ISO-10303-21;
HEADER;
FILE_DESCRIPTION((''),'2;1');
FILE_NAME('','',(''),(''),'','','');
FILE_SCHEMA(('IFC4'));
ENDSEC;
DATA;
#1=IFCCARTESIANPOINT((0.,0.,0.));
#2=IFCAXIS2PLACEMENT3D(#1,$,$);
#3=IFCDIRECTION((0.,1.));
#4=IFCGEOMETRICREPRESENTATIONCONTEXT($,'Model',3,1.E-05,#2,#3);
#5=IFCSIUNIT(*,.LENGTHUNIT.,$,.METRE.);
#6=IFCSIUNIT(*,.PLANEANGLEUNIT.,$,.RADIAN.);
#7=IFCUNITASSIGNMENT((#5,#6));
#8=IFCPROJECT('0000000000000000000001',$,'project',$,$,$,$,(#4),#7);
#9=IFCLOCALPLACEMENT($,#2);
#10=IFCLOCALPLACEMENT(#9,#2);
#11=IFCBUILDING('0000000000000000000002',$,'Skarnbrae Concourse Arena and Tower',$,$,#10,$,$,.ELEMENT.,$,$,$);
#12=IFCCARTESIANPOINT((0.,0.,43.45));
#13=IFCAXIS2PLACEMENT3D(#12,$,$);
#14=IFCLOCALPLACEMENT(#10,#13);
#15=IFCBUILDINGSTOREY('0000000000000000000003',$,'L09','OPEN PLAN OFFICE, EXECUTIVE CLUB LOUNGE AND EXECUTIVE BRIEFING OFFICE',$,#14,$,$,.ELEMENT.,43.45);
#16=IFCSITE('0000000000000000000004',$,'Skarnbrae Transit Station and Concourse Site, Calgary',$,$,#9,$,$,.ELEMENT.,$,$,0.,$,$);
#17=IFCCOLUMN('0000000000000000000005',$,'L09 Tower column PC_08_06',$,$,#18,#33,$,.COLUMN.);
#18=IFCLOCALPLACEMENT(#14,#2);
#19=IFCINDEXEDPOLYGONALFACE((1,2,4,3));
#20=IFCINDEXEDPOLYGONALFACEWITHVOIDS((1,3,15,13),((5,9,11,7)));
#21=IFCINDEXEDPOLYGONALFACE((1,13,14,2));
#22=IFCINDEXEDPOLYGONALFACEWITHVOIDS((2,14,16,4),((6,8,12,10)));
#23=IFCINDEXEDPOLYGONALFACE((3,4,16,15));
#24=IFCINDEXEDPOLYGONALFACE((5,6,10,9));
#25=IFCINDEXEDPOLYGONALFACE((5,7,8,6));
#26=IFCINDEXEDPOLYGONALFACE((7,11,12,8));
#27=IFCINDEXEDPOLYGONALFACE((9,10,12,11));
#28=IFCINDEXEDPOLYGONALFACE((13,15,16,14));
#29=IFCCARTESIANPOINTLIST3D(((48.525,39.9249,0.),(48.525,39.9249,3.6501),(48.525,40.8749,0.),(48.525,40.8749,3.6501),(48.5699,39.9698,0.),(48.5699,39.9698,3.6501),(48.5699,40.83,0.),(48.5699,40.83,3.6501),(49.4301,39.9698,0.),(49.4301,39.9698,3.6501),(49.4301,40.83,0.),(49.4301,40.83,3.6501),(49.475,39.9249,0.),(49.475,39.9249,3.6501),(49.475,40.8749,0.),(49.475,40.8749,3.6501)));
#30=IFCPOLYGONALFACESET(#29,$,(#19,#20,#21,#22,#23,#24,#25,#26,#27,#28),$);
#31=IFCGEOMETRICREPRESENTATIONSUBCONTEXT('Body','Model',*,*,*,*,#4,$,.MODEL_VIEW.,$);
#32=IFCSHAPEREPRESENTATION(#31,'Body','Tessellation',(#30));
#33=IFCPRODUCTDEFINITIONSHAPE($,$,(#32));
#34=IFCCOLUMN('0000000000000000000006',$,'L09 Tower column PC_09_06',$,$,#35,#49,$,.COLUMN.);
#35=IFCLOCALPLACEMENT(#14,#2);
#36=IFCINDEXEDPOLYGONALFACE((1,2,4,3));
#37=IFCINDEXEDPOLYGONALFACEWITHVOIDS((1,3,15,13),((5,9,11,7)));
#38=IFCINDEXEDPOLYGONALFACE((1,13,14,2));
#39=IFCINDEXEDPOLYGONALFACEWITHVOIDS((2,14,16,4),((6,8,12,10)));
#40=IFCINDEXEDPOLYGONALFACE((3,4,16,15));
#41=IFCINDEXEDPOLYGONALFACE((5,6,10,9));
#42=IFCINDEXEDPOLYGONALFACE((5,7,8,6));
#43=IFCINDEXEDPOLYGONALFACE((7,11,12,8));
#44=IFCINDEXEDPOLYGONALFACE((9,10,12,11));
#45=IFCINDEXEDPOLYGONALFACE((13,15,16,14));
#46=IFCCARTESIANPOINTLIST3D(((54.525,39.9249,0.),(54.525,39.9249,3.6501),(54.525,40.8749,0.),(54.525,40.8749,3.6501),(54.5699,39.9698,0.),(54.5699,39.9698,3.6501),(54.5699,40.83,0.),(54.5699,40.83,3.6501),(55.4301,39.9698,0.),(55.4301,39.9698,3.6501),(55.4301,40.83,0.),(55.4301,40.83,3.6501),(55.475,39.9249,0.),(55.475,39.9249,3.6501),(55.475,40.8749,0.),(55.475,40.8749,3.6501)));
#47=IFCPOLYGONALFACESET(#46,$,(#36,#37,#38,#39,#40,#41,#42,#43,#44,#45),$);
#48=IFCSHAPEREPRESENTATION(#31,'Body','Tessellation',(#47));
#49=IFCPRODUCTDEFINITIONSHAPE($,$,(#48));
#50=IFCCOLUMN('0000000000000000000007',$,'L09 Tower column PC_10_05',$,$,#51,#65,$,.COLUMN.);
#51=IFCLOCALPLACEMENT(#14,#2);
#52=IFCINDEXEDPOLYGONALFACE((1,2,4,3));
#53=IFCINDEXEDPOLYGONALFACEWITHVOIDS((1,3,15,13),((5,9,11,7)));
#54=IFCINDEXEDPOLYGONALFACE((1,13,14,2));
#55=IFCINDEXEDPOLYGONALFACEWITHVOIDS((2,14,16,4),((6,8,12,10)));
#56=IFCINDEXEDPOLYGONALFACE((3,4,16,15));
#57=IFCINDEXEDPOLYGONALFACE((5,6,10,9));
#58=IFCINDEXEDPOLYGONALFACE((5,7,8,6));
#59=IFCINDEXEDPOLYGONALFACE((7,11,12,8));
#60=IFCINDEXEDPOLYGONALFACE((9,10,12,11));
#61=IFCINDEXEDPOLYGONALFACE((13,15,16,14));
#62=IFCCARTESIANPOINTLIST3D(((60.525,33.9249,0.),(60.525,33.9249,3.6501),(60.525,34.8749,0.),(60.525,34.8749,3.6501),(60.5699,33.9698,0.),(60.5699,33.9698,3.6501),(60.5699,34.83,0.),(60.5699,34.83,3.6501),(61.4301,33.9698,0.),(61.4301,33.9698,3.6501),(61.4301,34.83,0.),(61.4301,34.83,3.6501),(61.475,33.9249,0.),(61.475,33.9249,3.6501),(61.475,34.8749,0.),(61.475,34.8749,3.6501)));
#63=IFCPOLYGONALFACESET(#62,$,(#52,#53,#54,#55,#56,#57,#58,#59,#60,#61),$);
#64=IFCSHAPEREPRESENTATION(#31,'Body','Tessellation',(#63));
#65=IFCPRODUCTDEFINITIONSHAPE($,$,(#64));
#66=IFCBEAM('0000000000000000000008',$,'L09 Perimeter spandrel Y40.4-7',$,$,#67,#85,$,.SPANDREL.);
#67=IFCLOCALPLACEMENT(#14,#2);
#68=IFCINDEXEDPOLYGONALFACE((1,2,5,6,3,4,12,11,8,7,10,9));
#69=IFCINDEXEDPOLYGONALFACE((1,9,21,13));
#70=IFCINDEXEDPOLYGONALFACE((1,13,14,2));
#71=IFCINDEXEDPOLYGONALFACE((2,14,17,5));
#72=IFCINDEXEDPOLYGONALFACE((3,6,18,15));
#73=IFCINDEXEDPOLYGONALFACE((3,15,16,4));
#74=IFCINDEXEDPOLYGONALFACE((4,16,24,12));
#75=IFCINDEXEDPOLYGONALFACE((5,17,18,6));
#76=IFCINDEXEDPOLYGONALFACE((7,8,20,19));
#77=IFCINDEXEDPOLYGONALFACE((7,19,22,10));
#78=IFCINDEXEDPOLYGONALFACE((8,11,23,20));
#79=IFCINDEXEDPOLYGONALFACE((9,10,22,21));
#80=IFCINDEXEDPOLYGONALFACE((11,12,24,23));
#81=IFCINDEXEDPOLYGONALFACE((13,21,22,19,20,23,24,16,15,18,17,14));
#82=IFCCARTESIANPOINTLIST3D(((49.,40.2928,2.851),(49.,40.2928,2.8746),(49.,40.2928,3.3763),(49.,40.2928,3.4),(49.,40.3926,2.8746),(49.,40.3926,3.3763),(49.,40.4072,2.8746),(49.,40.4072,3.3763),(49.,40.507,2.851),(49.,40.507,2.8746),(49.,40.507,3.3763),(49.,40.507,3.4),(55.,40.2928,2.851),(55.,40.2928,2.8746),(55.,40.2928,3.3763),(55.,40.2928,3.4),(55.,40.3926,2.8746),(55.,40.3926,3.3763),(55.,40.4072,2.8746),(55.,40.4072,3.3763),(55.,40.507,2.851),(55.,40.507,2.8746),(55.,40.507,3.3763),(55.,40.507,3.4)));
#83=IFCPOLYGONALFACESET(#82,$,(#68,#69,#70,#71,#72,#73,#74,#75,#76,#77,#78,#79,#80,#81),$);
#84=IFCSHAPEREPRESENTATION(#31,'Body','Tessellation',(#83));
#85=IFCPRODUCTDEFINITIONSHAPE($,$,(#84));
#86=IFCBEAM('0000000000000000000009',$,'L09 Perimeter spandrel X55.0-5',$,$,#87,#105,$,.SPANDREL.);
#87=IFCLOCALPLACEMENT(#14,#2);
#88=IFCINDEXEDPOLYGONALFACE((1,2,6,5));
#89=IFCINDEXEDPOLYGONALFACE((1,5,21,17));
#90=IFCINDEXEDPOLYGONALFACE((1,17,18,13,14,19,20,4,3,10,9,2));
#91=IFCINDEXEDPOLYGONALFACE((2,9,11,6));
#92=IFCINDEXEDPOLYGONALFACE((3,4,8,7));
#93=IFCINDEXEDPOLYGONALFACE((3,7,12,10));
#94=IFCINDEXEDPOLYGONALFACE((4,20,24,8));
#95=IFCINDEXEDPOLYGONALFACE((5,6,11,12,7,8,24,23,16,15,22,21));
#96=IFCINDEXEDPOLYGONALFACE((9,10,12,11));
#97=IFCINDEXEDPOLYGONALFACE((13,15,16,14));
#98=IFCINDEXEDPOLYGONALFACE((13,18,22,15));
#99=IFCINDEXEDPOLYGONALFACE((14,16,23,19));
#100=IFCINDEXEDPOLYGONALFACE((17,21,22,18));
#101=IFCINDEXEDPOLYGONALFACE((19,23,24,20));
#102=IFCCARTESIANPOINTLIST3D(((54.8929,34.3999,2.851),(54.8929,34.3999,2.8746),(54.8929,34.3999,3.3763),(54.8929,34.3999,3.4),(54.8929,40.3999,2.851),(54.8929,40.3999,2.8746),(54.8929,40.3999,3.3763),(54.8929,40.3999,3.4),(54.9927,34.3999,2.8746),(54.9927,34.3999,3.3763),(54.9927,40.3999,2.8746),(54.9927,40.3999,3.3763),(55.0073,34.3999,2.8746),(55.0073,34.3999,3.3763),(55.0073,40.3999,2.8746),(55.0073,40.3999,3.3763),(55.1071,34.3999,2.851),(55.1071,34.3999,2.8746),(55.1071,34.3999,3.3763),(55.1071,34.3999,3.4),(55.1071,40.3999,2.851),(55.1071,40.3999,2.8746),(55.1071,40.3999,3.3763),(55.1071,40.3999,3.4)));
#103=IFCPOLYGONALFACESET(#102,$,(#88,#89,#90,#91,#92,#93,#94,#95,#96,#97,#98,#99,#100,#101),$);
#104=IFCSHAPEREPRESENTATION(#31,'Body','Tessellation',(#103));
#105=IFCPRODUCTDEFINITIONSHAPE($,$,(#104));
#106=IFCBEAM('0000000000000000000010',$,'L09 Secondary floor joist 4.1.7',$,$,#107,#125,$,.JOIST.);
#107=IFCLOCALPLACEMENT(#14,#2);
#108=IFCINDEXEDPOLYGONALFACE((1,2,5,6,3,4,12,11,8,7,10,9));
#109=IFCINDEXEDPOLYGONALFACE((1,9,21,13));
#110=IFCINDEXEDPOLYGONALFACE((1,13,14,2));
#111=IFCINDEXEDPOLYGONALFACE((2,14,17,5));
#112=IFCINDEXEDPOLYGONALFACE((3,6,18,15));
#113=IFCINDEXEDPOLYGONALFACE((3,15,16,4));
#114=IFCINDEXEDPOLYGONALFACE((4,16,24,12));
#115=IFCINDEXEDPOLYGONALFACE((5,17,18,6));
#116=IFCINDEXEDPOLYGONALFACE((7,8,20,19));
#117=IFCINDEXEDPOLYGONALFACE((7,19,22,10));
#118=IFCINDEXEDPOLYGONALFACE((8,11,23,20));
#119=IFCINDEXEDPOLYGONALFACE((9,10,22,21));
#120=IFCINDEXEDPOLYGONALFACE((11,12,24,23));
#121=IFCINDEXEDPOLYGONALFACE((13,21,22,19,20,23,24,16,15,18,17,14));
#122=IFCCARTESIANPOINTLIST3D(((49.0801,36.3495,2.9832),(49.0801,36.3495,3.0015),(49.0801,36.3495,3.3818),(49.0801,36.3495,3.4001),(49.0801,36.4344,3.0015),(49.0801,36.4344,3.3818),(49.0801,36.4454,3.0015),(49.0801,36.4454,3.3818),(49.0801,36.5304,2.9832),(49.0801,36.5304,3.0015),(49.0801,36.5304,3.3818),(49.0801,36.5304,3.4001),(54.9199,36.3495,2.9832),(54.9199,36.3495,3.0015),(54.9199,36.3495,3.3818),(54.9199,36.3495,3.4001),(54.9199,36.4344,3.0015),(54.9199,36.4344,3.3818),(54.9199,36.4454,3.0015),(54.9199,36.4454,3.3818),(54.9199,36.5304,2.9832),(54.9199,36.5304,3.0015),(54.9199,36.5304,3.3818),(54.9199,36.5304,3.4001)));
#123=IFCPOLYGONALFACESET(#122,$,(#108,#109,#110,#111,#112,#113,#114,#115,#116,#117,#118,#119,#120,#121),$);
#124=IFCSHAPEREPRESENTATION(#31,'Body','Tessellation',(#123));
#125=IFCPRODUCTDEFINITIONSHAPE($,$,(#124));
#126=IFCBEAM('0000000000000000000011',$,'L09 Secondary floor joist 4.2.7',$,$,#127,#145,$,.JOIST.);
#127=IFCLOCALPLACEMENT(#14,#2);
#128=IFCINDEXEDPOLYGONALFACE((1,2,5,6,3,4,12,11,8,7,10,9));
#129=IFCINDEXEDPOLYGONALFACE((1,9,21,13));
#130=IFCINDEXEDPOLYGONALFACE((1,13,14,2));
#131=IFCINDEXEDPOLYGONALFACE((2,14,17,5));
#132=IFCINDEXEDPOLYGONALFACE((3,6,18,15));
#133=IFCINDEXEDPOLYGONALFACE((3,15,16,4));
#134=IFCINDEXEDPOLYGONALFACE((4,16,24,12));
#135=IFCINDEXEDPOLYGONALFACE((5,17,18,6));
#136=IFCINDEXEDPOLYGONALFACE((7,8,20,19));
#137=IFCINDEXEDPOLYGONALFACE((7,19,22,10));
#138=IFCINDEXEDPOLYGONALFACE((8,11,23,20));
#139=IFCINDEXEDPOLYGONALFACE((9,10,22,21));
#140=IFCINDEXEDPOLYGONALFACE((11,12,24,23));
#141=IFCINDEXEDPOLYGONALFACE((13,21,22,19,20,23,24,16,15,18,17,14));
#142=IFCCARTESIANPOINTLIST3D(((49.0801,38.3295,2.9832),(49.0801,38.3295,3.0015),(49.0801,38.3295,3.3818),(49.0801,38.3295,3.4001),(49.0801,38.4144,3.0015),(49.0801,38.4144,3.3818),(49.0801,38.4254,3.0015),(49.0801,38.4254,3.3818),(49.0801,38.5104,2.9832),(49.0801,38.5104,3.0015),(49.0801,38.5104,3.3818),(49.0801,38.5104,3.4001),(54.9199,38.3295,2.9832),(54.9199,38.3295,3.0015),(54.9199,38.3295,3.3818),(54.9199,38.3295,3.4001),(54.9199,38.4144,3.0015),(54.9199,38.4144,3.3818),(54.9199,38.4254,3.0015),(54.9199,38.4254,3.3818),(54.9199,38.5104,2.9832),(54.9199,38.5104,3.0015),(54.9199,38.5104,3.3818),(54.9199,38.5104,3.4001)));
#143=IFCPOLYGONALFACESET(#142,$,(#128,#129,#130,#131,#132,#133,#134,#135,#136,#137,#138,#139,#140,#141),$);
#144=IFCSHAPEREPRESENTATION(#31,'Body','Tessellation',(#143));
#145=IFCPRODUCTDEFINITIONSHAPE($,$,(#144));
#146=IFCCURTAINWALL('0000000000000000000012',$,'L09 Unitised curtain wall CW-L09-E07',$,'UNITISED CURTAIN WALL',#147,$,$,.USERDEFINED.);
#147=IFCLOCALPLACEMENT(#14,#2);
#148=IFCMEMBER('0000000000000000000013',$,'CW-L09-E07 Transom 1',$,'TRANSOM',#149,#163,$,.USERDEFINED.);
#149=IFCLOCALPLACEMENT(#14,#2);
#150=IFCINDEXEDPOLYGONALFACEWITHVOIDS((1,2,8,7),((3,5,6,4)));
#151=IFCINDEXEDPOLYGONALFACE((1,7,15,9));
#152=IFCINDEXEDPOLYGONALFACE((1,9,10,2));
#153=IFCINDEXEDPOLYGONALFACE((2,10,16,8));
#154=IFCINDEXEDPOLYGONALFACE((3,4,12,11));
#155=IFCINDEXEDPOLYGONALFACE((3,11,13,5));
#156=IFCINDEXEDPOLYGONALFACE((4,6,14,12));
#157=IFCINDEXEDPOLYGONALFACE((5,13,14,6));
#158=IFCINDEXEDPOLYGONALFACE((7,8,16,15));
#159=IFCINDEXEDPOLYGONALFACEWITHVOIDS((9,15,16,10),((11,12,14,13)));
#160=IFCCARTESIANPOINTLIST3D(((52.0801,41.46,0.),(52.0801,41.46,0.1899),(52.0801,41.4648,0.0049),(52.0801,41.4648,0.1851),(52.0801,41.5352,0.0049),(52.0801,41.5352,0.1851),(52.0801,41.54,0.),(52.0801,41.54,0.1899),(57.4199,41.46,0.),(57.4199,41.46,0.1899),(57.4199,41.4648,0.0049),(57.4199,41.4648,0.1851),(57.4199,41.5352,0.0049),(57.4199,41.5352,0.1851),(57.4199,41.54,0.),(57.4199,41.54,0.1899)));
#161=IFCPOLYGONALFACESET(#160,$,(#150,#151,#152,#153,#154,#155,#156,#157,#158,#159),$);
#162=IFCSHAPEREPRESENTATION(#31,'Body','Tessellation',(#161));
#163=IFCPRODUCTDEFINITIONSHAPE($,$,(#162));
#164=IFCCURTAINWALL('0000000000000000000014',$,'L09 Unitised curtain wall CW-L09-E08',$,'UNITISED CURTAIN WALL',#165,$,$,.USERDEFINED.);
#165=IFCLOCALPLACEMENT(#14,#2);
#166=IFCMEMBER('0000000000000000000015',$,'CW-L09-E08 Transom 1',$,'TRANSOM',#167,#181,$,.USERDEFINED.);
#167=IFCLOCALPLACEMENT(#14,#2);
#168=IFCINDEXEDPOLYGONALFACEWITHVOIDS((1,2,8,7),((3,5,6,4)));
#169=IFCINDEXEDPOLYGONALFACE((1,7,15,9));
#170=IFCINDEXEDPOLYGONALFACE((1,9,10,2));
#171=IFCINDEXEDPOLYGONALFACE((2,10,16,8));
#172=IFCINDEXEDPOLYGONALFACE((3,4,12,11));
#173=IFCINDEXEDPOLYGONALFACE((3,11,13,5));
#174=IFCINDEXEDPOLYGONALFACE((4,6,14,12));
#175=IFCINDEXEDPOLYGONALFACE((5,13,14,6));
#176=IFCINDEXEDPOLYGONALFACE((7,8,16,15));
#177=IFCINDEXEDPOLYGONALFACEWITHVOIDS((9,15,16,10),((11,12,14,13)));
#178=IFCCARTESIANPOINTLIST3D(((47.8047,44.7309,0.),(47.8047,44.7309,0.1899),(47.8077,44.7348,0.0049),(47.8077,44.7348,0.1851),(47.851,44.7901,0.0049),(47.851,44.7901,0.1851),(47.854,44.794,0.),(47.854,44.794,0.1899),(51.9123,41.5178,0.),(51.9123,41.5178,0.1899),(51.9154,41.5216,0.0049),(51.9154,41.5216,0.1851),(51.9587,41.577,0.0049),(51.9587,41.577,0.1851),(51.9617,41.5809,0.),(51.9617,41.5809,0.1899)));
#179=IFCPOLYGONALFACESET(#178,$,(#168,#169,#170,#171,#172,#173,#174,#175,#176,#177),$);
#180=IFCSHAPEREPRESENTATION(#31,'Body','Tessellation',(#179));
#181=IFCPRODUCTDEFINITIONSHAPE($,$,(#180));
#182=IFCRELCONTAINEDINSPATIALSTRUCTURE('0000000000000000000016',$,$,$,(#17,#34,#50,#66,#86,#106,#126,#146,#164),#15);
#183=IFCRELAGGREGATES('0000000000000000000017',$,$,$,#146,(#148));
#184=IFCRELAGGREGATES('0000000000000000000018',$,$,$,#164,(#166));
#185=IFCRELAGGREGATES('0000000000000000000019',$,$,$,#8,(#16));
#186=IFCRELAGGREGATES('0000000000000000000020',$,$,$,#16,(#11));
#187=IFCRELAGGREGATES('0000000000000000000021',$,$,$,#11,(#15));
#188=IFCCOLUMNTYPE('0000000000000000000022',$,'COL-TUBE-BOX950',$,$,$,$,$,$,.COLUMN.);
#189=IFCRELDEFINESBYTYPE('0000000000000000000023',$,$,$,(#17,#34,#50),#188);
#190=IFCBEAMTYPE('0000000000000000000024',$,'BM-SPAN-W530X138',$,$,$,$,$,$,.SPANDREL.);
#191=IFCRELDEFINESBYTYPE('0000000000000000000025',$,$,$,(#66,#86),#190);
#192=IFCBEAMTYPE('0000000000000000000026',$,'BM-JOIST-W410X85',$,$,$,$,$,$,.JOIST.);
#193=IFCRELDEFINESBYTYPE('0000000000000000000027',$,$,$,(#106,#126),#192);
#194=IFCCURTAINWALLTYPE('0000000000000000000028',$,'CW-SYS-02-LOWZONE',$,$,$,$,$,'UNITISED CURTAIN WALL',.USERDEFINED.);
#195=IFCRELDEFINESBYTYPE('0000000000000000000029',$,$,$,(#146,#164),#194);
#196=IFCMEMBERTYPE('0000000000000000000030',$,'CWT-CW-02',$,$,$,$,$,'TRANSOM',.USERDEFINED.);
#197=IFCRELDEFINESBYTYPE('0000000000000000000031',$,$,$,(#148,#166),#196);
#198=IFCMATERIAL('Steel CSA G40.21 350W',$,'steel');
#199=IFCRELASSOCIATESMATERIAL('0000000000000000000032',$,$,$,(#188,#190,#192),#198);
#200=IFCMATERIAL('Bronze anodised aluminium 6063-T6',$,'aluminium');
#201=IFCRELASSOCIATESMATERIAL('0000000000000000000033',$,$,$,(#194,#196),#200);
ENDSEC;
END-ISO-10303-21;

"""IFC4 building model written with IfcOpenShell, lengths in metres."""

from ifc_helpers import new_model, si_unit, direction, frame, origin, origin_2d, place, context, subcontext, project, spatial, hollow_rectangle, i_section, extrude, source, transform, mapped, material, material_profile, profile_set, type_object, element, aggregate, save


model = new_model("IFC4")

# Units and contexts
model_context = context("Model", 3, precision=1e-05, world=origin(), true_north=direction((0.0, 1.0)))
body_context = subcontext(model_context, "Body", "Model", "MODEL_VIEW")
ifc_project = project(units=[si_unit("LENGTHUNIT", "METRE"), si_unit("PLANEANGLEUNIT", "RADIAN")], contexts=[model_context])

# Site, building, storey
site_placement = place(None, origin())
site = spatial("IfcSite", under=ifc_project, at=site_placement, Name="Skarnbrae Transit Station and Concourse Site, Calgary", CompositionType="ELEMENT", RefElevation=0.0)
building_placement = place(site_placement, origin())
building = spatial("IfcBuilding", under=site, at=building_placement, Name="Skarnbrae Concourse Arena and Tower", CompositionType="ELEMENT")
storey_placement = place(building_placement, frame((0.0, 0.0, 43.45)))
storey = spatial("IfcBuildingStorey", under=building, at=storey_placement, Name="L09", Description="OPEN PLAN OFFICE, EXECUTIVE CLUB LOUNGE AND EXECUTIVE BRIEFING OFFICE", CompositionType="ELEMENT", Elevation=43.45)

# Columns
ifc_material_1 = material(Name="Steel CSA G40.21 350W", Category="steel")
ifc_material_profile_1 = material_profile(ifc_material_1, hollow_rectangle(XDim=0.95, YDim=0.95, WallThickness=0.0449, at=origin_2d()), Name="BOX950X950X45")
ifc_profile_set_1 = profile_set([ifc_material_profile_1], Name="Steel CSA G40.21 350W")
column_type = type_object("IfcColumnType", Name="COL-TUBE-BOX950", PredefinedType="COLUMN", material=ifc_profile_set_1)
shared_shape_1 = source(origin(), body_context, "Body", "SweptSolid", [
    extrude(hollow_rectangle(XDim=0.95, YDim=0.95, WallThickness=0.0449, at=origin_2d()), origin(), (0.0, 0.0, 1.0), 3.6501),
])
for number, where, z_axis, x_axis, name in (
    (1, (49.0, 40.3999, 0.0), (0.0, 0.0, 1.0), (1.0, 0.0, 0.0), "L09 Tower column PC_08_06"),
    (2, (55.0, 40.3999, 0.0), (0.0, 0.0, 1.0), (1.0, 0.0, 0.0), "L09 Tower column PC_09_06"),
    (3, (61.0, 34.3999, 0.0), (0.0, 0.0, 1.0), (1.0, 0.0, 0.0), "L09 Tower column PC_10_05"),
):
    element("IfcColumn", number, at=place(storey_placement, frame(where, z_axis=z_axis, x_axis=x_axis)), inside=storey, type_object=column_type, Name=name, PredefinedType="COLUMN", context=body_context, shape_type="MappedRepresentation", body=[
        mapped(shared_shape_1, transform((0.0, 0.0, 0.0))),
    ])

# Beams
ifc_material_profile_2 = material_profile(ifc_material_1, i_section(OverallWidth=0.2141, OverallDepth=0.5491, WebThickness=0.0146, FlangeThickness=0.0237, at=origin_2d()), Name="W530X138")
ifc_profile_set_2 = profile_set([ifc_material_profile_2], Name="Steel CSA G40.21 350W")
beam_type_1 = type_object("IfcBeamType", Name="BM-SPAN-W530X138", PredefinedType="SPANDREL", material=ifc_profile_set_2)
shared_shape_2 = source(origin(), body_context, "Body", "SweptSolid", [
    extrude(i_section(OverallWidth=0.2141, OverallDepth=0.5491, WebThickness=0.0146, FlangeThickness=0.0237, at=origin_2d()), origin(), (0.0, 0.0, 1.0), 6.0),
])
for number, where, z_axis, x_axis, name in (
    (4, (49.0, 40.3999, 3.1255), (1.0, 0.0, 0.0), (0.0, 1.0, 0.0), "L09 Perimeter spandrel Y40.4-7"),
    (5, (55.0, 34.3999, 3.1255), (0.0, 1.0, 0.0), (-1.0, 0.0, 0.0), "L09 Perimeter spandrel X55.0-5"),
):
    element("IfcBeam", number, at=place(storey_placement, frame(where, z_axis=z_axis, x_axis=x_axis)), inside=storey, type_object=beam_type_1, Name=name, PredefinedType="SPANDREL", context=body_context, shape_type="MappedRepresentation", body=[
        mapped(shared_shape_2, transform((0.0, 0.0, 0.0))),
    ])
ifc_material_profile_3 = material_profile(ifc_material_1, i_section(OverallWidth=0.1809, OverallDepth=0.417, WebThickness=0.011, FlangeThickness=0.0183, at=origin_2d()), Name="W410X85")
ifc_profile_set_3 = profile_set([ifc_material_profile_3], Name="Steel CSA G40.21 350W")
beam_type_2 = type_object("IfcBeamType", Name="BM-JOIST-W410X85", PredefinedType="JOIST", material=ifc_profile_set_3)
shared_shape_3 = source(origin(), body_context, "Body", "SweptSolid", [
    extrude(i_section(OverallWidth=0.1809, OverallDepth=0.417, WebThickness=0.011, FlangeThickness=0.0183, at=origin_2d()), origin(), (0.0, 0.0, 1.0), 5.8398),
])
for number, where, z_axis, x_axis, name in (
    (6, (49.0801, 36.4399, 3.1917), (1.0, 0.0, 0.0), (0.0, 1.0, 0.0), "L09 Secondary floor joist 4.1.7"),
    (7, (49.0801, 38.4199, 3.1917), (1.0, 0.0, 0.0), (0.0, 1.0, 0.0), "L09 Secondary floor joist 4.2.7"),
):
    element("IfcBeam", number, at=place(storey_placement, frame(where, z_axis=z_axis, x_axis=x_axis)), inside=storey, type_object=beam_type_2, Name=name, PredefinedType="JOIST", context=body_context, shape_type="MappedRepresentation", body=[
        mapped(shared_shape_3, transform((0.0, 0.0, 0.0))),
    ])

# Curtain walls, members
ifc_material_2 = material(Name="Bronze anodised aluminium 6063-T6", Category="aluminium")
curtain_wall_type_1 = type_object("IfcCurtainWallType", Name="CW-SYS-02-LOWZONE", ElementType="UNITISED CURTAIN WALL", PredefinedType="USERDEFINED", material=ifc_material_2)
curtain_wall_1_placement = place(storey_placement, origin())
curtain_wall_1 = element("IfcCurtainWall", 8, at=curtain_wall_1_placement, inside=storey, type_object=curtain_wall_type_1, Name="L09 Unitised curtain wall CW-L09-E07", ObjectType="UNITISED CURTAIN WALL", PredefinedType="USERDEFINED")
ifc_material_profile_4 = material_profile(ifc_material_2, hollow_rectangle(XDim=0.0801, YDim=0.1899, WallThickness=0.0049, at=origin_2d()), Name="ALU-TRAN-80X190")
ifc_profile_set_4 = profile_set([ifc_material_profile_4], Name="Bronze anodised aluminium 6063-T6")
member_type_1 = type_object("IfcMemberType", Name="CWT-CW-02", ElementType="TRANSOM", PredefinedType="USERDEFINED", material=ifc_profile_set_4)
shared_shape_4 = source(origin(), body_context, "Body", "SweptSolid", [
    extrude(hollow_rectangle(XDim=0.0801, YDim=0.1899, WallThickness=0.0049, at=origin_2d()), origin(), (0.0, 0.0, 1.0), 5.3398),
])
member_1_placement = place(storey_placement, frame((57.4199, 41.5, 0.095), z_axis=(-1.0, 0.0, 0.0), x_axis=(0.0, -1.0, 0.0)))
member_1 = element("IfcMember", 9, at=member_1_placement, type_object=member_type_1, Name="CW-L09-E07 Transom 1", ObjectType="TRANSOM", PredefinedType="USERDEFINED", context=body_context, shape_type="MappedRepresentation", body=[
    mapped(shared_shape_4, transform((0.0, 0.0, 0.0))),
])
curtain_wall_2_placement = place(storey_placement, origin())
curtain_wall_2 = element("IfcCurtainWall", 10, at=curtain_wall_2_placement, inside=storey, type_object=curtain_wall_type_1, Name="L09 Unitised curtain wall CW-L09-E08", ObjectType="UNITISED CURTAIN WALL", PredefinedType="USERDEFINED")
shared_shape_5 = source(origin(), body_context, "Body", "SweptSolid", [
    extrude(hollow_rectangle(XDim=0.0801, YDim=0.1899, WallThickness=0.0049, at=origin_2d()), origin(), (0.0, 0.0, 1.0), 5.2151),
])
member_2_placement = place(storey_placement, frame((51.937, 41.5493, 0.095), z_axis=(-0.78765, 0.616123, 0.0), x_axis=(-0.616123, -0.78765, 0.0)))
member_2 = element("IfcMember", 11, at=member_2_placement, type_object=member_type_1, Name="CW-L09-E08 Transom 1", ObjectType="TRANSOM", PredefinedType="USERDEFINED", context=body_context, shape_type="MappedRepresentation", body=[
    mapped(shared_shape_5, transform((0.0, 0.0, 0.0))),
])

aggregate(curtain_wall_1, [member_1])
aggregate(curtain_wall_2, [member_2])

save(model, "model.ifc")
